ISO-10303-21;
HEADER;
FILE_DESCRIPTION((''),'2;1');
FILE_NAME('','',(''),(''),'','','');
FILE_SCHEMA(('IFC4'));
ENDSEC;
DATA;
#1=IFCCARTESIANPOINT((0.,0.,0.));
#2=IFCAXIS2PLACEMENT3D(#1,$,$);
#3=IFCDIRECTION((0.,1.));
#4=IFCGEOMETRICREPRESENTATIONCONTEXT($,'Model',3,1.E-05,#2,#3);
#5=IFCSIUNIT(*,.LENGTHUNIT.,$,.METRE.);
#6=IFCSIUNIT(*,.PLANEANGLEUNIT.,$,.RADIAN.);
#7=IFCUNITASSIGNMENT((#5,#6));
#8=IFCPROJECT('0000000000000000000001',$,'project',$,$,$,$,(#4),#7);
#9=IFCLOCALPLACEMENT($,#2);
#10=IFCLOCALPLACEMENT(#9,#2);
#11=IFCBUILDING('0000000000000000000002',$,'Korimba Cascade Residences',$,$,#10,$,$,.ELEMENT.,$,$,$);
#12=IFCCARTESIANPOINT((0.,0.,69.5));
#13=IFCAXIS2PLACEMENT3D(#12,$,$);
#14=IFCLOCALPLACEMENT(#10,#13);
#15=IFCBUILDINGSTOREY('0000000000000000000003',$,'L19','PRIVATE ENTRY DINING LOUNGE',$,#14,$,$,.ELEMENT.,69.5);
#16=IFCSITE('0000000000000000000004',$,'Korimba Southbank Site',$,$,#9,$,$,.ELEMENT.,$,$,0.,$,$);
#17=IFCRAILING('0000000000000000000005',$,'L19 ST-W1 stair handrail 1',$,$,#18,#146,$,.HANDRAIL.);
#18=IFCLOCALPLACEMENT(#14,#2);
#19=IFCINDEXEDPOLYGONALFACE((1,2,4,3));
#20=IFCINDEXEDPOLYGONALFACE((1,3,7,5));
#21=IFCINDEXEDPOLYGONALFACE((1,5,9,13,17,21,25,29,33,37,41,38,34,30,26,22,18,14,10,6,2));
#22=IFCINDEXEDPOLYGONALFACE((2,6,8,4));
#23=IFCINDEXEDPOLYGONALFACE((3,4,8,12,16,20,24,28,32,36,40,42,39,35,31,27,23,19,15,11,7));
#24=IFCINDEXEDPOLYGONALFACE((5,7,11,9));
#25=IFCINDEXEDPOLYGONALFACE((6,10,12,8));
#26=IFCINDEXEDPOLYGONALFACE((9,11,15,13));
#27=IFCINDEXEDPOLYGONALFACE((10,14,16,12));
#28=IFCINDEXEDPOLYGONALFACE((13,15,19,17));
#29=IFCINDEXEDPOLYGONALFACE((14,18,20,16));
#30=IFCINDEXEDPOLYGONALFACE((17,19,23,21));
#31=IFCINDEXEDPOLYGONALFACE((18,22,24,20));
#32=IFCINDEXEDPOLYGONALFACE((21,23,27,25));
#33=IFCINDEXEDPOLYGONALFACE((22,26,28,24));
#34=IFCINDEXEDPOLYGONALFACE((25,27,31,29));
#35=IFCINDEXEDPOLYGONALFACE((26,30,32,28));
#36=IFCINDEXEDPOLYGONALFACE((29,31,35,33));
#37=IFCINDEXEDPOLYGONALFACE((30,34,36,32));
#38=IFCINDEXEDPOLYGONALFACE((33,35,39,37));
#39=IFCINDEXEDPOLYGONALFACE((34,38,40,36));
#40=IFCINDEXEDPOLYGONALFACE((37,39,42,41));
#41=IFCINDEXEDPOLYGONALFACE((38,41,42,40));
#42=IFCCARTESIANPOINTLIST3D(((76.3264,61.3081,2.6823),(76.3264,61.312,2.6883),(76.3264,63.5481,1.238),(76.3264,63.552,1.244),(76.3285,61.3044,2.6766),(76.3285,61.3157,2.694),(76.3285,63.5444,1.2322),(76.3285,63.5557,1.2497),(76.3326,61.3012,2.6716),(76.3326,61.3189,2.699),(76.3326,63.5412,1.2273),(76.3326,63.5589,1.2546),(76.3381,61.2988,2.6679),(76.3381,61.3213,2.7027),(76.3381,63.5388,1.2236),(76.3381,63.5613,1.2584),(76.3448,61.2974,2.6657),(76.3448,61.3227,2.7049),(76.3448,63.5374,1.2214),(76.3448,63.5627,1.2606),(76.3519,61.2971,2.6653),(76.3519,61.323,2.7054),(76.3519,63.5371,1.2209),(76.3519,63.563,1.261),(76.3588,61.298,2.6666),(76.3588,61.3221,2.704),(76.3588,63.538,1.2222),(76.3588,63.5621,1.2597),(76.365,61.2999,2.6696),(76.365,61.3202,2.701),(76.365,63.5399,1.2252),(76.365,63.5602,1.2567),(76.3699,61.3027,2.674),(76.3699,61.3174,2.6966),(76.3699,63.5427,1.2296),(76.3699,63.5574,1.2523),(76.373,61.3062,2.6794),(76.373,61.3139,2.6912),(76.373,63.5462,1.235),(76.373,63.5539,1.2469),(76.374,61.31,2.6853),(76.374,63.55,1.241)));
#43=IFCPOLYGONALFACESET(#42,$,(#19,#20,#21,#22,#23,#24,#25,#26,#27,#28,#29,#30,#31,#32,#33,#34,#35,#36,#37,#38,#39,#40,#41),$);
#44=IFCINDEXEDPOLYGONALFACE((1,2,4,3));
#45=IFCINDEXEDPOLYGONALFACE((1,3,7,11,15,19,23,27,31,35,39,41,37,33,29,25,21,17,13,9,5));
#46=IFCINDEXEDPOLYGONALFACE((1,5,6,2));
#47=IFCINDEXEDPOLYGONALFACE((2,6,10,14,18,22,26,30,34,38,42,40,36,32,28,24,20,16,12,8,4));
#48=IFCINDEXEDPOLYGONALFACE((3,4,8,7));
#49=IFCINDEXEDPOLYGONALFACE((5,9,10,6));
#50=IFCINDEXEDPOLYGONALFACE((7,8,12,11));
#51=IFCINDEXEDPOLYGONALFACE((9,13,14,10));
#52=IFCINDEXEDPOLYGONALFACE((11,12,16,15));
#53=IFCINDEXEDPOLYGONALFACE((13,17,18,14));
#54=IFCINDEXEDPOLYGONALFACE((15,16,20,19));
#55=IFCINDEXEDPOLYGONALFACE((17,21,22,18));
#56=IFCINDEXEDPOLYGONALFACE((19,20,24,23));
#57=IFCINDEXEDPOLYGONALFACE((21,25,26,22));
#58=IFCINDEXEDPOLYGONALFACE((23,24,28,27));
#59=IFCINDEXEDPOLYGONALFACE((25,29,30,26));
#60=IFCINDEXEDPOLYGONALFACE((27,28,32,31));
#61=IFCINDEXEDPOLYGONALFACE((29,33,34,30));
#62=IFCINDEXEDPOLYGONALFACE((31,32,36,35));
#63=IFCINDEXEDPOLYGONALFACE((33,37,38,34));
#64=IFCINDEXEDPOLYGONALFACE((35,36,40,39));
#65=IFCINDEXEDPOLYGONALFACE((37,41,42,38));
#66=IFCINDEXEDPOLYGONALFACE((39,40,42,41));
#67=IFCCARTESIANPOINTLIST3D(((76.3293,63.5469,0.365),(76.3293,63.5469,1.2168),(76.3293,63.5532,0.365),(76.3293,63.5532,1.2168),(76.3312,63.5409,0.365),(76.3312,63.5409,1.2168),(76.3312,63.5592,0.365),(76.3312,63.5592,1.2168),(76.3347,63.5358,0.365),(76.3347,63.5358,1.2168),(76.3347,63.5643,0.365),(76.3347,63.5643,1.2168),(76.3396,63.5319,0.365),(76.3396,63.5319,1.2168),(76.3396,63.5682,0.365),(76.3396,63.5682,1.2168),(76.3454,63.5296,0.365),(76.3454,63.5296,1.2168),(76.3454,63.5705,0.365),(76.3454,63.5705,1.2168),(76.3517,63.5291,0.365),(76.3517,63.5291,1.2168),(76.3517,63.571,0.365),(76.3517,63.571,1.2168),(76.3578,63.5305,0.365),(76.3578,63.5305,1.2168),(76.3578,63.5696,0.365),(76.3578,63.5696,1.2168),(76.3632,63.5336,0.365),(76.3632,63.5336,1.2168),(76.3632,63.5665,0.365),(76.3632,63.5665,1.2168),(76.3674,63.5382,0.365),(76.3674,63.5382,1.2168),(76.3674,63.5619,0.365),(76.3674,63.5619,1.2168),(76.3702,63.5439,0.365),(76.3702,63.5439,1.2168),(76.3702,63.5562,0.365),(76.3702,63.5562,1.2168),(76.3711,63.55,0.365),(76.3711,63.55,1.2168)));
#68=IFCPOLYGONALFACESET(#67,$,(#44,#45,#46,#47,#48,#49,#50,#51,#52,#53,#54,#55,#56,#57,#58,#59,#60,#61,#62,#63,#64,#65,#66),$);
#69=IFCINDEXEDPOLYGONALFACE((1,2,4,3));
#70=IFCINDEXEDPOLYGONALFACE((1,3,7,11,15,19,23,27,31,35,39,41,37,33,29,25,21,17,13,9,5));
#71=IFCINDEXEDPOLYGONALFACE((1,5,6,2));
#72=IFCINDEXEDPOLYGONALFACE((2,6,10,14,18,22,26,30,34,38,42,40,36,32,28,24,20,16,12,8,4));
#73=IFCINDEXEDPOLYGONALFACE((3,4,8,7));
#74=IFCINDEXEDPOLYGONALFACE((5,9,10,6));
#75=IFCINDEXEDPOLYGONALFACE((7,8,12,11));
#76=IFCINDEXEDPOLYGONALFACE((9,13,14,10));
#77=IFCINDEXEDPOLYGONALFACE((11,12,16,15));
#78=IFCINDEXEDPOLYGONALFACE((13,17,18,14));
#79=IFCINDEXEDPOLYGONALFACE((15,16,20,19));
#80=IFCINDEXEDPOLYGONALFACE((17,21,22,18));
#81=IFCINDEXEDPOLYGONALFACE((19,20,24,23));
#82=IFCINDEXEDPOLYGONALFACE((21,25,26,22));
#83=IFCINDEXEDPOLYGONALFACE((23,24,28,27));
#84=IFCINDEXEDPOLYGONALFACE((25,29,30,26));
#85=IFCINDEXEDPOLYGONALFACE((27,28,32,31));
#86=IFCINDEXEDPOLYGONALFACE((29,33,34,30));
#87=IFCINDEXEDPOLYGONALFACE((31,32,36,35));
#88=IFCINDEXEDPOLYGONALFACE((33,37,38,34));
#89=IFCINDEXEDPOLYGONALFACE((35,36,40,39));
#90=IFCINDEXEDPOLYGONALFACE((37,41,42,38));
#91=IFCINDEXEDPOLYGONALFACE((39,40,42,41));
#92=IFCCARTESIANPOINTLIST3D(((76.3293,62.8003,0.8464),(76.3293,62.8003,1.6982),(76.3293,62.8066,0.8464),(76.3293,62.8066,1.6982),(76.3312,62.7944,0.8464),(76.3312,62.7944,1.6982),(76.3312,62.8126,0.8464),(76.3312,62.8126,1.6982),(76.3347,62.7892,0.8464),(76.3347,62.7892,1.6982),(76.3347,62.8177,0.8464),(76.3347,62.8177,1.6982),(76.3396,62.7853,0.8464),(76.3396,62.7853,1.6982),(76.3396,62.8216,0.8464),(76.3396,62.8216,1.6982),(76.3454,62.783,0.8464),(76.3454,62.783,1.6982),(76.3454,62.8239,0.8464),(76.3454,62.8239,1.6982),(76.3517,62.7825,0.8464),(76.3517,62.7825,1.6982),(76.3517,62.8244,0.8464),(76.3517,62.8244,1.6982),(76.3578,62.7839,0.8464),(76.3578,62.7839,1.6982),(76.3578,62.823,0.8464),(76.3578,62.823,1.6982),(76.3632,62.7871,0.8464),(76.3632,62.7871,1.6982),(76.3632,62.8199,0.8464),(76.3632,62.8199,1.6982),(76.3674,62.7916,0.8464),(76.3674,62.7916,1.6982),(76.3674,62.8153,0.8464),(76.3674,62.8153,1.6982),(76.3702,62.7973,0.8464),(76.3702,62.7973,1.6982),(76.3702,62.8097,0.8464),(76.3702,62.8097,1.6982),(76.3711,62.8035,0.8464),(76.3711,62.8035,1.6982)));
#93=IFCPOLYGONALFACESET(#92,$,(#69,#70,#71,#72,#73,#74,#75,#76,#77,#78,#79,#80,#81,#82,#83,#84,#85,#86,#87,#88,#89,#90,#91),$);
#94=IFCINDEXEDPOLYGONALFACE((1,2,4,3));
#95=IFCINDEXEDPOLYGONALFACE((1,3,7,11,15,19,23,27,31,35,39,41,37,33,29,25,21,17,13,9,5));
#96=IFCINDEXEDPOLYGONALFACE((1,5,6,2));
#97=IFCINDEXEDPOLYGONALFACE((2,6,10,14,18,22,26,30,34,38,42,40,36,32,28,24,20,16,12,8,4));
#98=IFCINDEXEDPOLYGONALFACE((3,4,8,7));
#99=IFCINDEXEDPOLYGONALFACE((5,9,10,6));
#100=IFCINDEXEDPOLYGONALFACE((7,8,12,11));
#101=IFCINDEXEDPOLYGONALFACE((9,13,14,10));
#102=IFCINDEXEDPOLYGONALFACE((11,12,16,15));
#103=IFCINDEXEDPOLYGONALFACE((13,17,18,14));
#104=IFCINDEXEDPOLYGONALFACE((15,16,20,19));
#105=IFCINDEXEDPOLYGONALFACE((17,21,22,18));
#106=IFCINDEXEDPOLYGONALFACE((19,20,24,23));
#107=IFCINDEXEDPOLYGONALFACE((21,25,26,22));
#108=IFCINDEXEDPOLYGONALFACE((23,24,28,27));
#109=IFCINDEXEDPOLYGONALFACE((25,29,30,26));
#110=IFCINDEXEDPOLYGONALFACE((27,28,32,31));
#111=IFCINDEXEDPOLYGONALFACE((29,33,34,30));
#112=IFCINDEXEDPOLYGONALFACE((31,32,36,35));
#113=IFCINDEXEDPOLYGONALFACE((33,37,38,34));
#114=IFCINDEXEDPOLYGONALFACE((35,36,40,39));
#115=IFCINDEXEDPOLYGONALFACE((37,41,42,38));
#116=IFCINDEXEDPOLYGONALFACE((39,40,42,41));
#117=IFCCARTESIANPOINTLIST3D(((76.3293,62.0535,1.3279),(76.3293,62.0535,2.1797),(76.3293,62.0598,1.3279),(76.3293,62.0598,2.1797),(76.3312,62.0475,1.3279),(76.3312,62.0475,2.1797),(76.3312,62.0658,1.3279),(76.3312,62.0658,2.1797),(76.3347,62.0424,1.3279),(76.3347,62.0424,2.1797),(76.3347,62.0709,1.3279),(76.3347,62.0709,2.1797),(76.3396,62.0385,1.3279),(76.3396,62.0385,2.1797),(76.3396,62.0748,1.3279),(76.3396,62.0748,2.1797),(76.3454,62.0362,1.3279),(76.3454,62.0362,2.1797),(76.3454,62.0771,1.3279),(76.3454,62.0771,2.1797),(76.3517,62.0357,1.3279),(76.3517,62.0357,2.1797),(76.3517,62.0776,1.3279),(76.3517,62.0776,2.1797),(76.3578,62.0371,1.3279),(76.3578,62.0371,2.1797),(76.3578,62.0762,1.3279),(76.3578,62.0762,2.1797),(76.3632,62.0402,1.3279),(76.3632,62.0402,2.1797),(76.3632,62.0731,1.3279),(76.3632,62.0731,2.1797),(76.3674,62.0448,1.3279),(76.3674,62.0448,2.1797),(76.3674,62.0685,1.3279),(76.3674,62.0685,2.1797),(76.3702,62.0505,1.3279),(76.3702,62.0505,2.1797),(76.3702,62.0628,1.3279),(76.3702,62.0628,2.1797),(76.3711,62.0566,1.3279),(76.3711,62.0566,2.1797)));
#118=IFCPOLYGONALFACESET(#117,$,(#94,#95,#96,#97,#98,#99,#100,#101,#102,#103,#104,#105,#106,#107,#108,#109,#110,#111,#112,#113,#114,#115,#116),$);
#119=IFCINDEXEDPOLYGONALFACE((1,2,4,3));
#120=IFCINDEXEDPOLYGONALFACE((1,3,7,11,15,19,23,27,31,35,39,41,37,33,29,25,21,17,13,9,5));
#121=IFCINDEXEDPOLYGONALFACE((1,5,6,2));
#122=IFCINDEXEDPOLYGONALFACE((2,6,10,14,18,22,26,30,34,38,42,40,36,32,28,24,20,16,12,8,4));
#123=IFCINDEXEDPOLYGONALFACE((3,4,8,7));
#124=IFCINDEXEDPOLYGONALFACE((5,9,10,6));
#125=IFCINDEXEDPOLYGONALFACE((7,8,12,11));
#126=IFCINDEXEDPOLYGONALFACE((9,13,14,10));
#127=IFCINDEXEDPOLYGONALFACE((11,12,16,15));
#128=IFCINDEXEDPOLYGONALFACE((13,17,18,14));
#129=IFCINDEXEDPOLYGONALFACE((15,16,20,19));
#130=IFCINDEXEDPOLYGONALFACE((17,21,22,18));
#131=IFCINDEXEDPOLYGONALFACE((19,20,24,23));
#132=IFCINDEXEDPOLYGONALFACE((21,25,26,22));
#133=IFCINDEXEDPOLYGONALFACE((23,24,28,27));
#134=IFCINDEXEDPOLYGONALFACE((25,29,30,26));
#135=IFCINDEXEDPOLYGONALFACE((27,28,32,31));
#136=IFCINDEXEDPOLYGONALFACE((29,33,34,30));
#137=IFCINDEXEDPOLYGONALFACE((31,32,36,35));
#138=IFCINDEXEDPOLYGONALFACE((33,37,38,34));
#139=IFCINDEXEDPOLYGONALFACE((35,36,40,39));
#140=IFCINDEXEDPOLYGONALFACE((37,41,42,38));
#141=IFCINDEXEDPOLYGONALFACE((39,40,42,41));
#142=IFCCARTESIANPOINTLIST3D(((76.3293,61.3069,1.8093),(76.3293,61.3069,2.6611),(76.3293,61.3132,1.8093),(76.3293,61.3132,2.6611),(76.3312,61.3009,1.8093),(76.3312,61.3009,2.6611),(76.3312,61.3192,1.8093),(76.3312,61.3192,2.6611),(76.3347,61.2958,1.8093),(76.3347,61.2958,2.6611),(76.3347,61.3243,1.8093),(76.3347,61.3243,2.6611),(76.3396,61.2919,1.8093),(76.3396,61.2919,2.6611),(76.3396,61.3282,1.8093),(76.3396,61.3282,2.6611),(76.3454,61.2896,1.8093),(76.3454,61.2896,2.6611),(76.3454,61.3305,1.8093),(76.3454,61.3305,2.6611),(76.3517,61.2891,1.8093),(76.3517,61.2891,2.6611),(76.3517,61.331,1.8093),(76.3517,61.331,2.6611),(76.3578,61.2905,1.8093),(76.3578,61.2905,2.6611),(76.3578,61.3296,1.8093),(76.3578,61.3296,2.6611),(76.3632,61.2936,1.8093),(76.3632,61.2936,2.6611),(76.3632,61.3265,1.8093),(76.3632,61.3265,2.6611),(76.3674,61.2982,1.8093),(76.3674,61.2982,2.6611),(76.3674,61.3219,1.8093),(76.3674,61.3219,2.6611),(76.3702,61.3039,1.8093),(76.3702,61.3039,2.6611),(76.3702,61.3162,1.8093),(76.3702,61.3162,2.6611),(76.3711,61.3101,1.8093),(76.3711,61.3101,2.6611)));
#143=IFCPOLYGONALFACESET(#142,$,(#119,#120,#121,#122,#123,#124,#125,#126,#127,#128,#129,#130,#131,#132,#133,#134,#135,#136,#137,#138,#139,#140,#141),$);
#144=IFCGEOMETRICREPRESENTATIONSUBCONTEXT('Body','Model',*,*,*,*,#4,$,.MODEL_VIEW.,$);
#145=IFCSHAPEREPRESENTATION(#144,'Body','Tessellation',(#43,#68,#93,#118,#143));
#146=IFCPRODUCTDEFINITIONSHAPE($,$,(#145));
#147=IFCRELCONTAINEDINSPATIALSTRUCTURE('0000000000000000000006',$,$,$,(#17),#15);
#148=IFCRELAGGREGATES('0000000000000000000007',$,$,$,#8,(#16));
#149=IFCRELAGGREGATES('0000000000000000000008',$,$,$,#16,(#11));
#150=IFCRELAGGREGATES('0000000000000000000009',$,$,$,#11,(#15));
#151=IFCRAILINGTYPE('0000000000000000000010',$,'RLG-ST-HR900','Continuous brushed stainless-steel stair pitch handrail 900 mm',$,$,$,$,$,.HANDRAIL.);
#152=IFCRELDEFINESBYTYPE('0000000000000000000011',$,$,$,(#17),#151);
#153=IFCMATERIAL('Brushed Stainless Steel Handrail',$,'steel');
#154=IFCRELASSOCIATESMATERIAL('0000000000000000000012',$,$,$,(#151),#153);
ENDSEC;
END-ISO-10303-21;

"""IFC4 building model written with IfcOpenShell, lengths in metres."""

from ifc_helpers import new_model, si_unit, direction, frame, origin, origin_2d, place, context, subcontext, project, spatial, circle, extrude, material, type_object, element, save


model = new_model("IFC4")

# Units and contexts
model_context = context("Model", 3, precision=1e-05, world=origin(), true_north=direction((0.0, 1.0)))
body_context = subcontext(model_context, "Body", "Model", "MODEL_VIEW")
ifc_project = project(units=[si_unit("LENGTHUNIT", "METRE"), si_unit("PLANEANGLEUNIT", "RADIAN")], contexts=[model_context])

# Site, building, storey
site_placement = place(None, origin())
site = spatial("IfcSite", under=ifc_project, at=site_placement, Name="Korimba Southbank Site", CompositionType="ELEMENT", RefElevation=0.0)
building_placement = place(site_placement, origin())
building = spatial("IfcBuilding", under=site, at=building_placement, Name="Korimba Cascade Residences", CompositionType="ELEMENT")
storey_placement = place(building_placement, frame((0.0, 0.0, 69.5)))
storey = spatial("IfcBuildingStorey", under=building, at=storey_placement, Name="L19", Description="PRIVATE ENTRY DINING LOUNGE", CompositionType="ELEMENT", Elevation=69.5)

# Railing
ifc_material_1 = material(Name="Brushed Stainless Steel Handrail", Category="steel")
railing_type_1 = type_object("IfcRailingType", Name="RLG-ST-HR900", Description="Continuous brushed stainless-steel stair pitch handrail 900 mm", PredefinedType="HANDRAIL", material=ifc_material_1)
railing_1_placement = place(storey_placement, frame((76.3501, 63.55, 0.365)))
element("IfcRailing", 1, at=railing_1_placement, inside=storey, type_object=railing_type_1, Name="L19 ST-W1 stair handrail 1", PredefinedType="HANDRAIL", context=body_context, shape_type="SweptSolid", body=[
    extrude(circle(Radius=0.0239, at=origin_2d()), frame((0.0, 0.0, 0.876), z_axis=(0.0, -0.840437, 0.54191), x_axis=(1.0, 0.0, 0.0)), (0.0, 0.0, 1.0), 2.6653),
    extrude(circle(Radius=0.021, at=origin_2d()), origin(), (0.0, 0.0, 1.0), 0.8518),
    extrude(circle(Radius=0.021, at=origin_2d()), frame((0.0, -0.7466, 0.4814)), (0.0, 0.0, 1.0), 0.8518),
    extrude(circle(Radius=0.021, at=origin_2d()), frame((0.0, -1.4934, 0.9629)), (0.0, 0.0, 1.0), 0.8518),
    extrude(circle(Radius=0.021, at=origin_2d()), frame((0.0, -2.24, 1.4443)), (0.0, 0.0, 1.0), 0.8518),
])

save(model, "model.ifc")
